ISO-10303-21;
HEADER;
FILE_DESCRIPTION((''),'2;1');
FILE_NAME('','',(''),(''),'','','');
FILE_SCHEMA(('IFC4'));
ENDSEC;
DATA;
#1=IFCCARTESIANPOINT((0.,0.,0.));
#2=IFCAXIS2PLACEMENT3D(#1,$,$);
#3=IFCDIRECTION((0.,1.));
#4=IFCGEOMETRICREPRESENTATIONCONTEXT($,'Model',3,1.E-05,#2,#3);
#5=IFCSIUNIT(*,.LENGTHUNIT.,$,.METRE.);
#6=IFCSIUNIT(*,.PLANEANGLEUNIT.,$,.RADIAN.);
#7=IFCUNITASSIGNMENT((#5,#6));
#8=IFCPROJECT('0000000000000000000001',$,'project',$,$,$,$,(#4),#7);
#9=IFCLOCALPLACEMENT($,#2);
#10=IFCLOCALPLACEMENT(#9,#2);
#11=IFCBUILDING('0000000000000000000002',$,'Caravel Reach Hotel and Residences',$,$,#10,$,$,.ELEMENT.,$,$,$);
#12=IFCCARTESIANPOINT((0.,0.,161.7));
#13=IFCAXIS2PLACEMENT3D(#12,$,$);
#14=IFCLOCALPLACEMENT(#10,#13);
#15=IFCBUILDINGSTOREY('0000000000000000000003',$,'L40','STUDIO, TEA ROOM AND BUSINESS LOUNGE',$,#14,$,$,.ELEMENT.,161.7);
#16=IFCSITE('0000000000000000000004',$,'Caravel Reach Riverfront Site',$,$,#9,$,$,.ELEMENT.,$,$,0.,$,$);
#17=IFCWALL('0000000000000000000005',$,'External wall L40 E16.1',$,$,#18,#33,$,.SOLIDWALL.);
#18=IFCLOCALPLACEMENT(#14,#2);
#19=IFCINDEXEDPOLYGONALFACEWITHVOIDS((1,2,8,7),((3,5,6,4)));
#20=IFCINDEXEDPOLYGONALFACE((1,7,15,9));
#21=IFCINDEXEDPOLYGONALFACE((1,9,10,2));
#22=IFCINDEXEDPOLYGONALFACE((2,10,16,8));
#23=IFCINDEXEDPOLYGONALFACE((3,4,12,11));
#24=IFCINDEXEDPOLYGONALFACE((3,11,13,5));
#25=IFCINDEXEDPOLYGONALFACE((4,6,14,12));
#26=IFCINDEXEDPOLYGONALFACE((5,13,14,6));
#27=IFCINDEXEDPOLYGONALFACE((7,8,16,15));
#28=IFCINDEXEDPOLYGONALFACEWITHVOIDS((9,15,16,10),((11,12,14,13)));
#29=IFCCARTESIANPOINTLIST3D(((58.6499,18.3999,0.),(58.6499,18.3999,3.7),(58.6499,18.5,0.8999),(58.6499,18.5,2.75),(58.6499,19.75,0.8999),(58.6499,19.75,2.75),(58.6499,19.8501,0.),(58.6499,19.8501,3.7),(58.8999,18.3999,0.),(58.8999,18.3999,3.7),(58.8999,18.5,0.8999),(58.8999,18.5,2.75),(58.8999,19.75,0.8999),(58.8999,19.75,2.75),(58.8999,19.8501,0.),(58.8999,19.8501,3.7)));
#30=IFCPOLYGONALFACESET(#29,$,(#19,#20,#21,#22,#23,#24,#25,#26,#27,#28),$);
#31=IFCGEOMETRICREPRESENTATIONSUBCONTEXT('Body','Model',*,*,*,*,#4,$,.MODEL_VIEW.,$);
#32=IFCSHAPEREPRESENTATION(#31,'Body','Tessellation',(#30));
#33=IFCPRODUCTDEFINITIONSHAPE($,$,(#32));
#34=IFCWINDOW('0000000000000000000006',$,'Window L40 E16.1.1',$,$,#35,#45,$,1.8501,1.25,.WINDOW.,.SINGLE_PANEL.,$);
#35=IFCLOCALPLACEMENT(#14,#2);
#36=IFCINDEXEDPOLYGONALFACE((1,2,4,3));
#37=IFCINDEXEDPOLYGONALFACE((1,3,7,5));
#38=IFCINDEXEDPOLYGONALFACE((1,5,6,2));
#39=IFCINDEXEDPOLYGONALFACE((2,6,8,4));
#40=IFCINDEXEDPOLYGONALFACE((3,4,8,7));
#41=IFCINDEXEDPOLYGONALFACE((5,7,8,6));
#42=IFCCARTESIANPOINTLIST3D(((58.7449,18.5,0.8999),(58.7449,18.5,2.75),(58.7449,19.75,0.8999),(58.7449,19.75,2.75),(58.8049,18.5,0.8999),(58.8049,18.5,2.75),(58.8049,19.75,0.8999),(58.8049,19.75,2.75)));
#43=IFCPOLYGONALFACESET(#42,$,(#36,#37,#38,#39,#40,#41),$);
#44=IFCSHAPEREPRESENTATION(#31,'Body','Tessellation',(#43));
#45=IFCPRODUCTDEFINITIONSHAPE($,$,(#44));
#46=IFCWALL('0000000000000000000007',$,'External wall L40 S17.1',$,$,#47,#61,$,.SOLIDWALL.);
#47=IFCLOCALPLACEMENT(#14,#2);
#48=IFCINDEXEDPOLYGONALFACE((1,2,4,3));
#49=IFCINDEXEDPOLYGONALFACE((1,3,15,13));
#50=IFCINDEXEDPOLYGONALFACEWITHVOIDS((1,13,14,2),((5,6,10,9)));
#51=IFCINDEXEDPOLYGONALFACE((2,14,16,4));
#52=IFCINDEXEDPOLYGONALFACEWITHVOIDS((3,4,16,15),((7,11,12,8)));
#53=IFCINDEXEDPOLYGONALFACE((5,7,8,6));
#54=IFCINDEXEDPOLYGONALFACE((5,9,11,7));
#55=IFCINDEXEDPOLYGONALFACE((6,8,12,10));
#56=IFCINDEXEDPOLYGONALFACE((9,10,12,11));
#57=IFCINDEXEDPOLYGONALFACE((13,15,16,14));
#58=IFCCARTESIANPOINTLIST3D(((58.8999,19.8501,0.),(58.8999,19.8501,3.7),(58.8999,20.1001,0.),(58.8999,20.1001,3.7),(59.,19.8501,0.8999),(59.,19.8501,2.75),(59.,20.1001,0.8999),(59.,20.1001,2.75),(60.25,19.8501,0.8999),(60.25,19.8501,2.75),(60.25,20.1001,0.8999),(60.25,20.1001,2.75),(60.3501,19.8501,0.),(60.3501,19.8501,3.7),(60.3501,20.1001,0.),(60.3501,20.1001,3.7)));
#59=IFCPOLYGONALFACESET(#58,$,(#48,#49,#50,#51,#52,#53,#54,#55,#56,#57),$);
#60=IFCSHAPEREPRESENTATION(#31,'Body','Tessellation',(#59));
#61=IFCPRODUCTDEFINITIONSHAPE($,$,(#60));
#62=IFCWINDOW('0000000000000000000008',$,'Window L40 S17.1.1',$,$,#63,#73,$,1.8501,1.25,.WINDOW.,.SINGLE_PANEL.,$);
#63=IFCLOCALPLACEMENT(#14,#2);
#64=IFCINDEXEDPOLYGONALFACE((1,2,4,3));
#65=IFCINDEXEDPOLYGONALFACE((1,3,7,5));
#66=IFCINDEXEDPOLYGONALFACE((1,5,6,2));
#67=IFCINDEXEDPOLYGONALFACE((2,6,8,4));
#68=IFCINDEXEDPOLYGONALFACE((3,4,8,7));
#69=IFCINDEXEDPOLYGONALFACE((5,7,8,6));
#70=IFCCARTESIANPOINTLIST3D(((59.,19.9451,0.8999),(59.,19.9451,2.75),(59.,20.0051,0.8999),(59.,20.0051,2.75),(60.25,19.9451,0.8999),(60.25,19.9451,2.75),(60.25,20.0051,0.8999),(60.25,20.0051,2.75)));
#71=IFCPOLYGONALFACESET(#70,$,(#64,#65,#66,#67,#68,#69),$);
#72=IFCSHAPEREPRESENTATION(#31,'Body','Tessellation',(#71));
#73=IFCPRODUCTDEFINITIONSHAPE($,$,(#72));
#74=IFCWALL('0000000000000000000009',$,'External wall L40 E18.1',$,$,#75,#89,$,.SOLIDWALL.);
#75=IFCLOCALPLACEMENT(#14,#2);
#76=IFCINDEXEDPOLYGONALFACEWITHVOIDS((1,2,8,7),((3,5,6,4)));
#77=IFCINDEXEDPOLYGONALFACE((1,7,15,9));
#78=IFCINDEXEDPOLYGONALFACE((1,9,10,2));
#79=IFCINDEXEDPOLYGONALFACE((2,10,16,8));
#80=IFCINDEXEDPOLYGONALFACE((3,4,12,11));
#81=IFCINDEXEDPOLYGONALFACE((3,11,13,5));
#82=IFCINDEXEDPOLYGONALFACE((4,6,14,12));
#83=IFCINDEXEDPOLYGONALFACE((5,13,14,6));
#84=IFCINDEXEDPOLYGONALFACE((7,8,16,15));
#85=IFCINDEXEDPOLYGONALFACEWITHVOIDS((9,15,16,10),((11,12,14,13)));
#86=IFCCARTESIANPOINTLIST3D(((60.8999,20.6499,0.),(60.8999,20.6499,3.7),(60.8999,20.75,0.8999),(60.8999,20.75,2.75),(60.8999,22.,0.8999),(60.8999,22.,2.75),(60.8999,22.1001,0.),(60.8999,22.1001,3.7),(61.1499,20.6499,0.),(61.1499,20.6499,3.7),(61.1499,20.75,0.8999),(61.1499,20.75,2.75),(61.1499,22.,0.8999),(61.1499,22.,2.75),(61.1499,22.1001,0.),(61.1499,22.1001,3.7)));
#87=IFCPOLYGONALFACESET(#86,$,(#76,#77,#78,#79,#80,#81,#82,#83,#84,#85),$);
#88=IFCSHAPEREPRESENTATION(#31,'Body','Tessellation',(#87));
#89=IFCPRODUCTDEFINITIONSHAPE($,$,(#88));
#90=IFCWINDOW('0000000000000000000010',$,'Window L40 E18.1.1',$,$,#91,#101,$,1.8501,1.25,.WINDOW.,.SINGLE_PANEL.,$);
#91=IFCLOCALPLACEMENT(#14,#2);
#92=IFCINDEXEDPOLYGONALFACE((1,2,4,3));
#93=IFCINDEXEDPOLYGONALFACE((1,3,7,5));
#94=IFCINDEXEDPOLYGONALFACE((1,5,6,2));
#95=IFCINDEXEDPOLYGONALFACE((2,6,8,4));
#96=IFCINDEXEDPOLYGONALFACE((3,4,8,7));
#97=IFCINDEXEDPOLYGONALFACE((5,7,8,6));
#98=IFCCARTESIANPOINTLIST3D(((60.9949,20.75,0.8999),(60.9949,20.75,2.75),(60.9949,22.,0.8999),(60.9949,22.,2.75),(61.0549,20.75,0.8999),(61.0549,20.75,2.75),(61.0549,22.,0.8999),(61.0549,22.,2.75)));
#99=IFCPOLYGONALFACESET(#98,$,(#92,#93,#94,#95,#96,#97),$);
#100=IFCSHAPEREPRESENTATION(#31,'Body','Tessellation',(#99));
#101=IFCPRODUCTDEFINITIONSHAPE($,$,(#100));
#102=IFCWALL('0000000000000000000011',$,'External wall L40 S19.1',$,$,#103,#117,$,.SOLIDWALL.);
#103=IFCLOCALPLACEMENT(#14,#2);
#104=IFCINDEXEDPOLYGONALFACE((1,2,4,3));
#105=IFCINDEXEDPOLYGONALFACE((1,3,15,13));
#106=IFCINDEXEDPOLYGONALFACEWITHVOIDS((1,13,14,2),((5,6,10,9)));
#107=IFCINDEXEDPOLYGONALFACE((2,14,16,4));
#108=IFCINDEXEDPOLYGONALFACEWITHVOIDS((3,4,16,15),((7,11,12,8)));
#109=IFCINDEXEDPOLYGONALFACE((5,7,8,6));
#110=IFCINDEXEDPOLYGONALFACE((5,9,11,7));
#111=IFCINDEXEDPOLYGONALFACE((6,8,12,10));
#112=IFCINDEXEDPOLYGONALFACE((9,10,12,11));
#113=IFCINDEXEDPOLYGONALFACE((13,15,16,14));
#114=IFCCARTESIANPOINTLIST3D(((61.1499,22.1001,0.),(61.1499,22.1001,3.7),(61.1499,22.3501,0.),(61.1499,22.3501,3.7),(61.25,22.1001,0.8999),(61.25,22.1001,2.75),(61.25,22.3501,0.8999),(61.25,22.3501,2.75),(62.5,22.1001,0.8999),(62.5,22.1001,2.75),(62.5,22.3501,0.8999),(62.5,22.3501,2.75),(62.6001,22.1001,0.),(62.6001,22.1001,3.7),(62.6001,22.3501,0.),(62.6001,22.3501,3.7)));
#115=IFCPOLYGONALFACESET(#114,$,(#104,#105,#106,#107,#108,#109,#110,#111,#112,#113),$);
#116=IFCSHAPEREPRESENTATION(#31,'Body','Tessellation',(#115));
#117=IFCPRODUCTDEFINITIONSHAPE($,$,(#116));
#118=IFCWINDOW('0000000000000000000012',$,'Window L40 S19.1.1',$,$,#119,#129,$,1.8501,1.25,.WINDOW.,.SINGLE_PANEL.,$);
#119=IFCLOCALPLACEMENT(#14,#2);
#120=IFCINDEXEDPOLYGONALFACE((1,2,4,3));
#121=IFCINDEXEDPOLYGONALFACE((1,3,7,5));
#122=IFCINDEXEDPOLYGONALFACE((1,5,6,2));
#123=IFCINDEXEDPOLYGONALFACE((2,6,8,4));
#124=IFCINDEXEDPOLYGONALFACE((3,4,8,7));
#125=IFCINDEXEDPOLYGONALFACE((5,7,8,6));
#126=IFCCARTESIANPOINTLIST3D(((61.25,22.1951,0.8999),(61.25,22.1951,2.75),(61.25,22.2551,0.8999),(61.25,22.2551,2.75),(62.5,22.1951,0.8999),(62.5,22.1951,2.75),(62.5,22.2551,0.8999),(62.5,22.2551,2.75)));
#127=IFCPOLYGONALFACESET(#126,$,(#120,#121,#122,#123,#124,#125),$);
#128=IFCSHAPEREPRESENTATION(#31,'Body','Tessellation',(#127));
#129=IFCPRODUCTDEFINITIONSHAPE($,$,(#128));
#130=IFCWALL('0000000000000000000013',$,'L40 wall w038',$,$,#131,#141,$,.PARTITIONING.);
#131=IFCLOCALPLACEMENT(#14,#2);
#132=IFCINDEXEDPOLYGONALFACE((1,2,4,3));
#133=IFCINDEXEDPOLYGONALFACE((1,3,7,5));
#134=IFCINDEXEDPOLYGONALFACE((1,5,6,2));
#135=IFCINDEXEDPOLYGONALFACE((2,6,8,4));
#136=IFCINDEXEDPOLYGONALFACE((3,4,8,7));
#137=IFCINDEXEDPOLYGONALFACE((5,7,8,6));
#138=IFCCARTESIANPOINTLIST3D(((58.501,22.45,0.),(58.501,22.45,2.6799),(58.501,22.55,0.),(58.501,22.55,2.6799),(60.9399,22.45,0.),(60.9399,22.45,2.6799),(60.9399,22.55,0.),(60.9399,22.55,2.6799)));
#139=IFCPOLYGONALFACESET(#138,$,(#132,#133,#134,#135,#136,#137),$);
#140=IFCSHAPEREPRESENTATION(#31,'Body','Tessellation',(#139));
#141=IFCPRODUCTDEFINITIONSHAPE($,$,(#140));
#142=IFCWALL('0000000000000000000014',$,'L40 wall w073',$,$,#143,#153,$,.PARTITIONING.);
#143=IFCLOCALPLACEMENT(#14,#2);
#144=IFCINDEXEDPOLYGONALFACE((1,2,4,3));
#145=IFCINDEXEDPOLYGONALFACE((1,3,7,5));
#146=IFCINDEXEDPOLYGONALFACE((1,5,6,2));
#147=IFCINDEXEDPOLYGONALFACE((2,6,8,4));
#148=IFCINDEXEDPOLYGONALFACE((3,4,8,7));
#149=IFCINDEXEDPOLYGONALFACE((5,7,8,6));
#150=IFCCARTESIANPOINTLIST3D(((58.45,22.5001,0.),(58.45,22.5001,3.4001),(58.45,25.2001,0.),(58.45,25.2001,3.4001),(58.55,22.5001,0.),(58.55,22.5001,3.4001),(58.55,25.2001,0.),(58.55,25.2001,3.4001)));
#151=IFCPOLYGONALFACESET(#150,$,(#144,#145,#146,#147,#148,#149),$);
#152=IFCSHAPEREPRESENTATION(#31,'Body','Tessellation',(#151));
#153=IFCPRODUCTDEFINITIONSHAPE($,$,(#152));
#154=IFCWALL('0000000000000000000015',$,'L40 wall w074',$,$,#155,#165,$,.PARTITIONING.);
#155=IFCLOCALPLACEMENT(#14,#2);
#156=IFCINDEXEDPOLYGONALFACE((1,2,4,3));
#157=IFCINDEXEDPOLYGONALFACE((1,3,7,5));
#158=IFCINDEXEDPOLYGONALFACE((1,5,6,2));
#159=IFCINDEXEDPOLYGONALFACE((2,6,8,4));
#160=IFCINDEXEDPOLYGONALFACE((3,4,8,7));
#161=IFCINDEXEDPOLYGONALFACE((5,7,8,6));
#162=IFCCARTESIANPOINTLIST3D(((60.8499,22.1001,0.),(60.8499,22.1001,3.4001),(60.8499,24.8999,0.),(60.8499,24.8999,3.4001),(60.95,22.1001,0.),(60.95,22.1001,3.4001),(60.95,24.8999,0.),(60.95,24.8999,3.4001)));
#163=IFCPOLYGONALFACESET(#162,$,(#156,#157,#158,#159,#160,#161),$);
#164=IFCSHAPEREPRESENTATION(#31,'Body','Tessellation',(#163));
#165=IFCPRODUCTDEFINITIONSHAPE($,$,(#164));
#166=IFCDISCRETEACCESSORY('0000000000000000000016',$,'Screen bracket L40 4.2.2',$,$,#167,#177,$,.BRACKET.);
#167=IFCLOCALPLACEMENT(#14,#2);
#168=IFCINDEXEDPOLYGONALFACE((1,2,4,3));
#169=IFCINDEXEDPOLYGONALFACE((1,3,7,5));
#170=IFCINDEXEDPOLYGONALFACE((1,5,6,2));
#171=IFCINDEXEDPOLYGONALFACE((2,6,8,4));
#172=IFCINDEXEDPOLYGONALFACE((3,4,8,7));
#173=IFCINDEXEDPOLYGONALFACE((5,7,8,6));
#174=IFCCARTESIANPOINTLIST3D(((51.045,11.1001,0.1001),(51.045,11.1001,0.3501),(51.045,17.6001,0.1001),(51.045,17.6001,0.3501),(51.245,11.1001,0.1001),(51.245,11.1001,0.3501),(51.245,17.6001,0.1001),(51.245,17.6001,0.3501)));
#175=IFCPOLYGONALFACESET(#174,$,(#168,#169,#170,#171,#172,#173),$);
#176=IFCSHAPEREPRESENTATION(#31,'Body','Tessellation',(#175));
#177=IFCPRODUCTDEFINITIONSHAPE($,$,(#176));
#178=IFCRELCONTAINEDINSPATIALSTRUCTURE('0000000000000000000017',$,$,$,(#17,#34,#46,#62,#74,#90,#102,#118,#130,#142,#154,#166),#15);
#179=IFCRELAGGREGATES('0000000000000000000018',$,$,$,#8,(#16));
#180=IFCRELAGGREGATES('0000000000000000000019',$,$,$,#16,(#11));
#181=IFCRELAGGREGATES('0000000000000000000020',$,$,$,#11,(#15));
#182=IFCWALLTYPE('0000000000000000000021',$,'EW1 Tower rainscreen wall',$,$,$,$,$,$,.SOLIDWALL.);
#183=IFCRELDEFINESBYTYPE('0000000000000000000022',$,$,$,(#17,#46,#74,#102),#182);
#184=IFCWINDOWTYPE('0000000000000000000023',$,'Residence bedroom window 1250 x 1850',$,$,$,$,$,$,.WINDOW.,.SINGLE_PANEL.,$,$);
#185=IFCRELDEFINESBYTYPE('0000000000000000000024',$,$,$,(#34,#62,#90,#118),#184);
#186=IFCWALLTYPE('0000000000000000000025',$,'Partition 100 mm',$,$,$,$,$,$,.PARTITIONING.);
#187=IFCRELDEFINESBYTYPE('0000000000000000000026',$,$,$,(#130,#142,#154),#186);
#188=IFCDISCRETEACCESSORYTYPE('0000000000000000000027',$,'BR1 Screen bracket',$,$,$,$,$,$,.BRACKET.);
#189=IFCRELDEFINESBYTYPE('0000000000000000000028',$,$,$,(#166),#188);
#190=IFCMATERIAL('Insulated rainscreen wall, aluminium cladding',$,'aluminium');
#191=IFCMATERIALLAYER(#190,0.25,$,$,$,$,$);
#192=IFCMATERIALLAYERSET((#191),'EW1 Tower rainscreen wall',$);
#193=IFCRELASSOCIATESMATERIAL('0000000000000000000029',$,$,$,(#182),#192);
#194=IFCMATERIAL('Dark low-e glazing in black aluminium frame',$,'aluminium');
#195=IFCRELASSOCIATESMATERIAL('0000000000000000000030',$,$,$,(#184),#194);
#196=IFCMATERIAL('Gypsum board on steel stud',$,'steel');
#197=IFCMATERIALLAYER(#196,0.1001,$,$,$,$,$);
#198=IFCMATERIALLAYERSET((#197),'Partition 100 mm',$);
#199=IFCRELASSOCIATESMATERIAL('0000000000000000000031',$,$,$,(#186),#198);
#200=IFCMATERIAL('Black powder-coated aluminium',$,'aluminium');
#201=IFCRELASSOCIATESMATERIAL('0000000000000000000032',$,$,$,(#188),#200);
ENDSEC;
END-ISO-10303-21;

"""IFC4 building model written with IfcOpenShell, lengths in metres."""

from ifc_helpers import new_model, si_unit, direction, frame, frame_2d, origin, origin_2d, place, context, subcontext, project, spatial, rectangle, extrude, material, layer, layer_set, type_object, element, fill, save


model = new_model("IFC4")

# Units and contexts
model_context = context("Model", 3, precision=1e-05, world=origin(), true_north=direction((0.0, 1.0)))
body_context = subcontext(model_context, "Body", "Model", "MODEL_VIEW")
ifc_project = project(units=[si_unit("LENGTHUNIT", "METRE"), si_unit("PLANEANGLEUNIT", "RADIAN")], contexts=[model_context])

# Site, building, storey
site_placement = place(None, origin())
site = spatial("IfcSite", under=ifc_project, at=site_placement, Name="Caravel Reach Riverfront Site", CompositionType="ELEMENT", RefElevation=0.0)
building_placement = place(site_placement, origin())
building = spatial("IfcBuilding", under=site, at=building_placement, Name="Caravel Reach Hotel and Residences", CompositionType="ELEMENT")
storey_placement = place(building_placement, frame((0.0, 0.0, 161.7)))
storey = spatial("IfcBuildingStorey", under=building, at=storey_placement, Name="L40", Description="STUDIO, TEA ROOM AND BUSINESS LOUNGE", CompositionType="ELEMENT", Elevation=161.7)

# Shared definitions
ifc_material_1 = material(Name="Insulated rainscreen wall, aluminium cladding", Category="aluminium")
ifc_layer_1 = layer(ifc_material_1, 0.25)
ifc_layer_set_1 = layer_set([ifc_layer_1], Name="EW1 Tower rainscreen wall")
wall_type_1 = type_object("IfcWallType", Name="EW1 Tower rainscreen wall", PredefinedType="SOLIDWALL", material=ifc_layer_set_1)

# Walls, openings, windows
wall_1_placement = place(storey_placement, frame((58.7749, 18.3999, 0.0), z_axis=(0.0, 0.0, 1.0), x_axis=(0.0, 1.0, 0.0)))
wall_1 = element("IfcWall", 1, at=wall_1_placement, inside=storey, type_object=wall_type_1, Name="External wall L40 E16.1", PredefinedType="SOLIDWALL", context=body_context, shape_type="SweptSolid", body=[
    extrude(rectangle(XDim=1.4502, YDim=0.25, at=frame_2d((0.7251, 0.0))), origin(), (0.0, 0.0, 1.0), 3.7),
])
opening_1_placement = place(wall_1_placement, frame((0.1001, 0.0, 0.8999)))
opening_1 = element("IfcOpeningElement", 2, at=opening_1_placement, cuts=wall_1, PredefinedType="OPENING", context=body_context, shape_type="SweptSolid", body=[
    extrude(rectangle(XDim=1.25, YDim=1.8501, at=frame_2d((0.625, 0.925))), frame((0.0, 0.135, 0.0), z_axis=(0.0, -1.0, 0.0), x_axis=(1.0, 0.0, 0.0)), (0.0, 0.0, 1.0), 0.27),
])
ifc_material_2 = material(Name="Dark low-e glazing in black aluminium frame", Category="aluminium")
window_type_1 = type_object("IfcWindowType", Name="Residence bedroom window 1250 x 1850", PartitioningType="SINGLE_PANEL", PredefinedType="WINDOW", material=ifc_material_2)
window_1_placement = place(opening_1_placement, origin())
window_1 = element("IfcWindow", 3, at=window_1_placement, inside=storey, type_object=window_type_1, Name="Window L40 E16.1.1", OverallHeight=1.8501, OverallWidth=1.25, PartitioningType="SINGLE_PANEL", PredefinedType="WINDOW", context=body_context, shape_type="SweptSolid", body=[
    extrude(rectangle(XDim=1.25, YDim=1.8501, at=frame_2d((0.625, 0.925))), frame((0.0, 0.03, 0.0), z_axis=(0.0, -1.0, 0.0), x_axis=(1.0, 0.0, 0.0)), (0.0, 0.0, 1.0), 0.0601),
])
fill(opening_1, window_1)
wall_2_placement = place(storey_placement, frame((58.8999, 19.9751, 0.0), z_axis=(0.0, 0.0, 1.0), x_axis=(1.0, 0.0, 0.0)))
wall_2 = element("IfcWall", 4, at=wall_2_placement, inside=storey, type_object=wall_type_1, Name="External wall L40 S17.1", PredefinedType="SOLIDWALL", context=body_context, shape_type="SweptSolid", body=[
    extrude(rectangle(XDim=1.4502, YDim=0.25, at=frame_2d((0.7251, 0.0))), origin(), (0.0, 0.0, 1.0), 3.7),
])
opening_2_placement = place(wall_2_placement, frame((0.1001, 0.0, 0.8999)))
opening_2 = element("IfcOpeningElement", 5, at=opening_2_placement, cuts=wall_2, PredefinedType="OPENING", context=body_context, shape_type="SweptSolid", body=[
    extrude(rectangle(XDim=1.25, YDim=1.8501, at=frame_2d((0.625, 0.925))), frame((0.0, 0.135, 0.0), z_axis=(0.0, -1.0, 0.0), x_axis=(1.0, 0.0, 0.0)), (0.0, 0.0, 1.0), 0.27),
])
window_2_placement = place(opening_2_placement, origin())
window_2 = element("IfcWindow", 6, at=window_2_placement, inside=storey, type_object=window_type_1, Name="Window L40 S17.1.1", OverallHeight=1.8501, OverallWidth=1.25, PartitioningType="SINGLE_PANEL", PredefinedType="WINDOW", context=body_context, shape_type="SweptSolid", body=[
    extrude(rectangle(XDim=1.25, YDim=1.8501, at=frame_2d((0.625, 0.925))), frame((0.0, 0.03, 0.0), z_axis=(0.0, -1.0, 0.0), x_axis=(1.0, 0.0, 0.0)), (0.0, 0.0, 1.0), 0.0601),
])
fill(opening_2, window_2)
wall_3_placement = place(storey_placement, frame((61.0249, 20.6499, 0.0), z_axis=(0.0, 0.0, 1.0), x_axis=(0.0, 1.0, 0.0)))
wall_3 = element("IfcWall", 7, at=wall_3_placement, inside=storey, type_object=wall_type_1, Name="External wall L40 E18.1", PredefinedType="SOLIDWALL", context=body_context, shape_type="SweptSolid", body=[
    extrude(rectangle(XDim=1.4502, YDim=0.25, at=frame_2d((0.7251, 0.0))), origin(), (0.0, 0.0, 1.0), 3.7),
])
opening_3_placement = place(wall_3_placement, frame((0.1001, 0.0, 0.8999)))
opening_3 = element("IfcOpeningElement", 8, at=opening_3_placement, cuts=wall_3, PredefinedType="OPENING", context=body_context, shape_type="SweptSolid", body=[
    extrude(rectangle(XDim=1.25, YDim=1.8501, at=frame_2d((0.625, 0.925))), frame((0.0, 0.135, 0.0), z_axis=(0.0, -1.0, 0.0), x_axis=(1.0, 0.0, 0.0)), (0.0, 0.0, 1.0), 0.27),
])
window_3_placement = place(opening_3_placement, origin())
window_3 = element("IfcWindow", 9, at=window_3_placement, inside=storey, type_object=window_type_1, Name="Window L40 E18.1.1", OverallHeight=1.8501, OverallWidth=1.25, PartitioningType="SINGLE_PANEL", PredefinedType="WINDOW", context=body_context, shape_type="SweptSolid", body=[
    extrude(rectangle(XDim=1.25, YDim=1.8501, at=frame_2d((0.625, 0.925))), frame((0.0, 0.03, 0.0), z_axis=(0.0, -1.0, 0.0), x_axis=(1.0, 0.0, 0.0)), (0.0, 0.0, 1.0), 0.0601),
])
fill(opening_3, window_3)
wall_4_placement = place(storey_placement, frame((61.1499, 22.2251, 0.0), z_axis=(0.0, 0.0, 1.0), x_axis=(1.0, 0.0, 0.0)))
wall_4 = element("IfcWall", 10, at=wall_4_placement, inside=storey, type_object=wall_type_1, Name="External wall L40 S19.1", PredefinedType="SOLIDWALL", context=body_context, shape_type="SweptSolid", body=[
    extrude(rectangle(XDim=1.4502, YDim=0.25, at=frame_2d((0.7251, 0.0))), origin(), (0.0, 0.0, 1.0), 3.7),
])
opening_4_placement = place(wall_4_placement, frame((0.1001, 0.0, 0.8999)))
opening_4 = element("IfcOpeningElement", 11, at=opening_4_placement, cuts=wall_4, PredefinedType="OPENING", context=body_context, shape_type="SweptSolid", body=[
    extrude(rectangle(XDim=1.25, YDim=1.8501, at=frame_2d((0.625, 0.925))), frame((0.0, 0.135, 0.0), z_axis=(0.0, -1.0, 0.0), x_axis=(1.0, 0.0, 0.0)), (0.0, 0.0, 1.0), 0.27),
])
window_4_placement = place(opening_4_placement, origin())
window_4 = element("IfcWindow", 12, at=window_4_placement, inside=storey, type_object=window_type_1, Name="Window L40 S19.1.1", OverallHeight=1.8501, OverallWidth=1.25, PartitioningType="SINGLE_PANEL", PredefinedType="WINDOW", context=body_context, shape_type="SweptSolid", body=[
    extrude(rectangle(XDim=1.25, YDim=1.8501, at=frame_2d((0.625, 0.925))), frame((0.0, 0.03, 0.0), z_axis=(0.0, -1.0, 0.0), x_axis=(1.0, 0.0, 0.0)), (0.0, 0.0, 1.0), 0.0601),
])
fill(opening_4, window_4)

# Walls
ifc_material_3 = material(Name="Gypsum board on steel stud", Category="steel")
ifc_layer_2 = layer(ifc_material_3, 0.1001)
ifc_layer_set_2 = layer_set([ifc_layer_2], Name="Partition 100 mm")
wall_type_2 = type_object("IfcWallType", Name="Partition 100 mm", PredefinedType="PARTITIONING", material=ifc_layer_set_2)
wall_5_placement = place(storey_placement, frame((58.501, 22.5, 0.0), z_axis=(0.0, 0.0, 1.0), x_axis=(1.0, 0.0, 0.0)))
element("IfcWall", 13, at=wall_5_placement, inside=storey, type_object=wall_type_2, Name="L40 wall w038", PredefinedType="PARTITIONING", context=body_context, shape_type="SweptSolid", body=[
    extrude(rectangle(XDim=2.439, YDim=0.1001, at=frame_2d((1.2195, 0.0))), origin(), (0.0, 0.0, 1.0), 2.6799),
])
wall_6_placement = place(storey_placement, frame((58.5, 22.5, 0.0), z_axis=(0.0, 0.0, 1.0), x_axis=(0.0, 1.0, 0.0)))
element("IfcWall", 14, at=wall_6_placement, inside=storey, type_object=wall_type_2, Name="L40 wall w073", PredefinedType="PARTITIONING", context=body_context, shape_type="SweptSolid", body=[
    extrude(rectangle(XDim=2.7, YDim=0.1001, at=frame_2d((1.3501, 0.0))), origin(), (0.0, 0.0, 1.0), 3.4001),
])
wall_7_placement = place(storey_placement, frame((60.8999, 22.1001, 0.0), z_axis=(0.0, 0.0, 1.0), x_axis=(0.0, 1.0, 0.0)))
element("IfcWall", 15, at=wall_7_placement, inside=storey, type_object=wall_type_2, Name="L40 wall w074", PredefinedType="PARTITIONING", context=body_context, shape_type="SweptSolid", body=[
    extrude(rectangle(XDim=2.7998, YDim=0.1001, at=frame_2d((1.3999, 0.0))), origin(), (0.0, 0.0, 1.0), 3.4001),
])

# Discrete accessory
ifc_material_4 = material(Name="Black powder-coated aluminium", Category="aluminium")
discrete_accessory_type = type_object("IfcDiscreteAccessoryType", Name="BR1 Screen bracket", PredefinedType="BRACKET", material=ifc_material_4)
discrete_accessory_1_placement = place(storey_placement, frame((51.145, 14.3501, 0.1001), z_axis=(0.0, 0.0, 1.0), x_axis=(0.0, -1.0, 0.0)))
element("IfcDiscreteAccessory", 16, at=discrete_accessory_1_placement, inside=storey, type_object=discrete_accessory_type, Name="Screen bracket L40 4.2.2", PredefinedType="BRACKET", context=body_context, shape_type="SweptSolid", body=[
    extrude(rectangle(XDim=6.5, YDim=0.2, at=origin_2d()), origin(), (0.0, 0.0, 1.0), 0.25),
])

save(model, "model.ifc")
